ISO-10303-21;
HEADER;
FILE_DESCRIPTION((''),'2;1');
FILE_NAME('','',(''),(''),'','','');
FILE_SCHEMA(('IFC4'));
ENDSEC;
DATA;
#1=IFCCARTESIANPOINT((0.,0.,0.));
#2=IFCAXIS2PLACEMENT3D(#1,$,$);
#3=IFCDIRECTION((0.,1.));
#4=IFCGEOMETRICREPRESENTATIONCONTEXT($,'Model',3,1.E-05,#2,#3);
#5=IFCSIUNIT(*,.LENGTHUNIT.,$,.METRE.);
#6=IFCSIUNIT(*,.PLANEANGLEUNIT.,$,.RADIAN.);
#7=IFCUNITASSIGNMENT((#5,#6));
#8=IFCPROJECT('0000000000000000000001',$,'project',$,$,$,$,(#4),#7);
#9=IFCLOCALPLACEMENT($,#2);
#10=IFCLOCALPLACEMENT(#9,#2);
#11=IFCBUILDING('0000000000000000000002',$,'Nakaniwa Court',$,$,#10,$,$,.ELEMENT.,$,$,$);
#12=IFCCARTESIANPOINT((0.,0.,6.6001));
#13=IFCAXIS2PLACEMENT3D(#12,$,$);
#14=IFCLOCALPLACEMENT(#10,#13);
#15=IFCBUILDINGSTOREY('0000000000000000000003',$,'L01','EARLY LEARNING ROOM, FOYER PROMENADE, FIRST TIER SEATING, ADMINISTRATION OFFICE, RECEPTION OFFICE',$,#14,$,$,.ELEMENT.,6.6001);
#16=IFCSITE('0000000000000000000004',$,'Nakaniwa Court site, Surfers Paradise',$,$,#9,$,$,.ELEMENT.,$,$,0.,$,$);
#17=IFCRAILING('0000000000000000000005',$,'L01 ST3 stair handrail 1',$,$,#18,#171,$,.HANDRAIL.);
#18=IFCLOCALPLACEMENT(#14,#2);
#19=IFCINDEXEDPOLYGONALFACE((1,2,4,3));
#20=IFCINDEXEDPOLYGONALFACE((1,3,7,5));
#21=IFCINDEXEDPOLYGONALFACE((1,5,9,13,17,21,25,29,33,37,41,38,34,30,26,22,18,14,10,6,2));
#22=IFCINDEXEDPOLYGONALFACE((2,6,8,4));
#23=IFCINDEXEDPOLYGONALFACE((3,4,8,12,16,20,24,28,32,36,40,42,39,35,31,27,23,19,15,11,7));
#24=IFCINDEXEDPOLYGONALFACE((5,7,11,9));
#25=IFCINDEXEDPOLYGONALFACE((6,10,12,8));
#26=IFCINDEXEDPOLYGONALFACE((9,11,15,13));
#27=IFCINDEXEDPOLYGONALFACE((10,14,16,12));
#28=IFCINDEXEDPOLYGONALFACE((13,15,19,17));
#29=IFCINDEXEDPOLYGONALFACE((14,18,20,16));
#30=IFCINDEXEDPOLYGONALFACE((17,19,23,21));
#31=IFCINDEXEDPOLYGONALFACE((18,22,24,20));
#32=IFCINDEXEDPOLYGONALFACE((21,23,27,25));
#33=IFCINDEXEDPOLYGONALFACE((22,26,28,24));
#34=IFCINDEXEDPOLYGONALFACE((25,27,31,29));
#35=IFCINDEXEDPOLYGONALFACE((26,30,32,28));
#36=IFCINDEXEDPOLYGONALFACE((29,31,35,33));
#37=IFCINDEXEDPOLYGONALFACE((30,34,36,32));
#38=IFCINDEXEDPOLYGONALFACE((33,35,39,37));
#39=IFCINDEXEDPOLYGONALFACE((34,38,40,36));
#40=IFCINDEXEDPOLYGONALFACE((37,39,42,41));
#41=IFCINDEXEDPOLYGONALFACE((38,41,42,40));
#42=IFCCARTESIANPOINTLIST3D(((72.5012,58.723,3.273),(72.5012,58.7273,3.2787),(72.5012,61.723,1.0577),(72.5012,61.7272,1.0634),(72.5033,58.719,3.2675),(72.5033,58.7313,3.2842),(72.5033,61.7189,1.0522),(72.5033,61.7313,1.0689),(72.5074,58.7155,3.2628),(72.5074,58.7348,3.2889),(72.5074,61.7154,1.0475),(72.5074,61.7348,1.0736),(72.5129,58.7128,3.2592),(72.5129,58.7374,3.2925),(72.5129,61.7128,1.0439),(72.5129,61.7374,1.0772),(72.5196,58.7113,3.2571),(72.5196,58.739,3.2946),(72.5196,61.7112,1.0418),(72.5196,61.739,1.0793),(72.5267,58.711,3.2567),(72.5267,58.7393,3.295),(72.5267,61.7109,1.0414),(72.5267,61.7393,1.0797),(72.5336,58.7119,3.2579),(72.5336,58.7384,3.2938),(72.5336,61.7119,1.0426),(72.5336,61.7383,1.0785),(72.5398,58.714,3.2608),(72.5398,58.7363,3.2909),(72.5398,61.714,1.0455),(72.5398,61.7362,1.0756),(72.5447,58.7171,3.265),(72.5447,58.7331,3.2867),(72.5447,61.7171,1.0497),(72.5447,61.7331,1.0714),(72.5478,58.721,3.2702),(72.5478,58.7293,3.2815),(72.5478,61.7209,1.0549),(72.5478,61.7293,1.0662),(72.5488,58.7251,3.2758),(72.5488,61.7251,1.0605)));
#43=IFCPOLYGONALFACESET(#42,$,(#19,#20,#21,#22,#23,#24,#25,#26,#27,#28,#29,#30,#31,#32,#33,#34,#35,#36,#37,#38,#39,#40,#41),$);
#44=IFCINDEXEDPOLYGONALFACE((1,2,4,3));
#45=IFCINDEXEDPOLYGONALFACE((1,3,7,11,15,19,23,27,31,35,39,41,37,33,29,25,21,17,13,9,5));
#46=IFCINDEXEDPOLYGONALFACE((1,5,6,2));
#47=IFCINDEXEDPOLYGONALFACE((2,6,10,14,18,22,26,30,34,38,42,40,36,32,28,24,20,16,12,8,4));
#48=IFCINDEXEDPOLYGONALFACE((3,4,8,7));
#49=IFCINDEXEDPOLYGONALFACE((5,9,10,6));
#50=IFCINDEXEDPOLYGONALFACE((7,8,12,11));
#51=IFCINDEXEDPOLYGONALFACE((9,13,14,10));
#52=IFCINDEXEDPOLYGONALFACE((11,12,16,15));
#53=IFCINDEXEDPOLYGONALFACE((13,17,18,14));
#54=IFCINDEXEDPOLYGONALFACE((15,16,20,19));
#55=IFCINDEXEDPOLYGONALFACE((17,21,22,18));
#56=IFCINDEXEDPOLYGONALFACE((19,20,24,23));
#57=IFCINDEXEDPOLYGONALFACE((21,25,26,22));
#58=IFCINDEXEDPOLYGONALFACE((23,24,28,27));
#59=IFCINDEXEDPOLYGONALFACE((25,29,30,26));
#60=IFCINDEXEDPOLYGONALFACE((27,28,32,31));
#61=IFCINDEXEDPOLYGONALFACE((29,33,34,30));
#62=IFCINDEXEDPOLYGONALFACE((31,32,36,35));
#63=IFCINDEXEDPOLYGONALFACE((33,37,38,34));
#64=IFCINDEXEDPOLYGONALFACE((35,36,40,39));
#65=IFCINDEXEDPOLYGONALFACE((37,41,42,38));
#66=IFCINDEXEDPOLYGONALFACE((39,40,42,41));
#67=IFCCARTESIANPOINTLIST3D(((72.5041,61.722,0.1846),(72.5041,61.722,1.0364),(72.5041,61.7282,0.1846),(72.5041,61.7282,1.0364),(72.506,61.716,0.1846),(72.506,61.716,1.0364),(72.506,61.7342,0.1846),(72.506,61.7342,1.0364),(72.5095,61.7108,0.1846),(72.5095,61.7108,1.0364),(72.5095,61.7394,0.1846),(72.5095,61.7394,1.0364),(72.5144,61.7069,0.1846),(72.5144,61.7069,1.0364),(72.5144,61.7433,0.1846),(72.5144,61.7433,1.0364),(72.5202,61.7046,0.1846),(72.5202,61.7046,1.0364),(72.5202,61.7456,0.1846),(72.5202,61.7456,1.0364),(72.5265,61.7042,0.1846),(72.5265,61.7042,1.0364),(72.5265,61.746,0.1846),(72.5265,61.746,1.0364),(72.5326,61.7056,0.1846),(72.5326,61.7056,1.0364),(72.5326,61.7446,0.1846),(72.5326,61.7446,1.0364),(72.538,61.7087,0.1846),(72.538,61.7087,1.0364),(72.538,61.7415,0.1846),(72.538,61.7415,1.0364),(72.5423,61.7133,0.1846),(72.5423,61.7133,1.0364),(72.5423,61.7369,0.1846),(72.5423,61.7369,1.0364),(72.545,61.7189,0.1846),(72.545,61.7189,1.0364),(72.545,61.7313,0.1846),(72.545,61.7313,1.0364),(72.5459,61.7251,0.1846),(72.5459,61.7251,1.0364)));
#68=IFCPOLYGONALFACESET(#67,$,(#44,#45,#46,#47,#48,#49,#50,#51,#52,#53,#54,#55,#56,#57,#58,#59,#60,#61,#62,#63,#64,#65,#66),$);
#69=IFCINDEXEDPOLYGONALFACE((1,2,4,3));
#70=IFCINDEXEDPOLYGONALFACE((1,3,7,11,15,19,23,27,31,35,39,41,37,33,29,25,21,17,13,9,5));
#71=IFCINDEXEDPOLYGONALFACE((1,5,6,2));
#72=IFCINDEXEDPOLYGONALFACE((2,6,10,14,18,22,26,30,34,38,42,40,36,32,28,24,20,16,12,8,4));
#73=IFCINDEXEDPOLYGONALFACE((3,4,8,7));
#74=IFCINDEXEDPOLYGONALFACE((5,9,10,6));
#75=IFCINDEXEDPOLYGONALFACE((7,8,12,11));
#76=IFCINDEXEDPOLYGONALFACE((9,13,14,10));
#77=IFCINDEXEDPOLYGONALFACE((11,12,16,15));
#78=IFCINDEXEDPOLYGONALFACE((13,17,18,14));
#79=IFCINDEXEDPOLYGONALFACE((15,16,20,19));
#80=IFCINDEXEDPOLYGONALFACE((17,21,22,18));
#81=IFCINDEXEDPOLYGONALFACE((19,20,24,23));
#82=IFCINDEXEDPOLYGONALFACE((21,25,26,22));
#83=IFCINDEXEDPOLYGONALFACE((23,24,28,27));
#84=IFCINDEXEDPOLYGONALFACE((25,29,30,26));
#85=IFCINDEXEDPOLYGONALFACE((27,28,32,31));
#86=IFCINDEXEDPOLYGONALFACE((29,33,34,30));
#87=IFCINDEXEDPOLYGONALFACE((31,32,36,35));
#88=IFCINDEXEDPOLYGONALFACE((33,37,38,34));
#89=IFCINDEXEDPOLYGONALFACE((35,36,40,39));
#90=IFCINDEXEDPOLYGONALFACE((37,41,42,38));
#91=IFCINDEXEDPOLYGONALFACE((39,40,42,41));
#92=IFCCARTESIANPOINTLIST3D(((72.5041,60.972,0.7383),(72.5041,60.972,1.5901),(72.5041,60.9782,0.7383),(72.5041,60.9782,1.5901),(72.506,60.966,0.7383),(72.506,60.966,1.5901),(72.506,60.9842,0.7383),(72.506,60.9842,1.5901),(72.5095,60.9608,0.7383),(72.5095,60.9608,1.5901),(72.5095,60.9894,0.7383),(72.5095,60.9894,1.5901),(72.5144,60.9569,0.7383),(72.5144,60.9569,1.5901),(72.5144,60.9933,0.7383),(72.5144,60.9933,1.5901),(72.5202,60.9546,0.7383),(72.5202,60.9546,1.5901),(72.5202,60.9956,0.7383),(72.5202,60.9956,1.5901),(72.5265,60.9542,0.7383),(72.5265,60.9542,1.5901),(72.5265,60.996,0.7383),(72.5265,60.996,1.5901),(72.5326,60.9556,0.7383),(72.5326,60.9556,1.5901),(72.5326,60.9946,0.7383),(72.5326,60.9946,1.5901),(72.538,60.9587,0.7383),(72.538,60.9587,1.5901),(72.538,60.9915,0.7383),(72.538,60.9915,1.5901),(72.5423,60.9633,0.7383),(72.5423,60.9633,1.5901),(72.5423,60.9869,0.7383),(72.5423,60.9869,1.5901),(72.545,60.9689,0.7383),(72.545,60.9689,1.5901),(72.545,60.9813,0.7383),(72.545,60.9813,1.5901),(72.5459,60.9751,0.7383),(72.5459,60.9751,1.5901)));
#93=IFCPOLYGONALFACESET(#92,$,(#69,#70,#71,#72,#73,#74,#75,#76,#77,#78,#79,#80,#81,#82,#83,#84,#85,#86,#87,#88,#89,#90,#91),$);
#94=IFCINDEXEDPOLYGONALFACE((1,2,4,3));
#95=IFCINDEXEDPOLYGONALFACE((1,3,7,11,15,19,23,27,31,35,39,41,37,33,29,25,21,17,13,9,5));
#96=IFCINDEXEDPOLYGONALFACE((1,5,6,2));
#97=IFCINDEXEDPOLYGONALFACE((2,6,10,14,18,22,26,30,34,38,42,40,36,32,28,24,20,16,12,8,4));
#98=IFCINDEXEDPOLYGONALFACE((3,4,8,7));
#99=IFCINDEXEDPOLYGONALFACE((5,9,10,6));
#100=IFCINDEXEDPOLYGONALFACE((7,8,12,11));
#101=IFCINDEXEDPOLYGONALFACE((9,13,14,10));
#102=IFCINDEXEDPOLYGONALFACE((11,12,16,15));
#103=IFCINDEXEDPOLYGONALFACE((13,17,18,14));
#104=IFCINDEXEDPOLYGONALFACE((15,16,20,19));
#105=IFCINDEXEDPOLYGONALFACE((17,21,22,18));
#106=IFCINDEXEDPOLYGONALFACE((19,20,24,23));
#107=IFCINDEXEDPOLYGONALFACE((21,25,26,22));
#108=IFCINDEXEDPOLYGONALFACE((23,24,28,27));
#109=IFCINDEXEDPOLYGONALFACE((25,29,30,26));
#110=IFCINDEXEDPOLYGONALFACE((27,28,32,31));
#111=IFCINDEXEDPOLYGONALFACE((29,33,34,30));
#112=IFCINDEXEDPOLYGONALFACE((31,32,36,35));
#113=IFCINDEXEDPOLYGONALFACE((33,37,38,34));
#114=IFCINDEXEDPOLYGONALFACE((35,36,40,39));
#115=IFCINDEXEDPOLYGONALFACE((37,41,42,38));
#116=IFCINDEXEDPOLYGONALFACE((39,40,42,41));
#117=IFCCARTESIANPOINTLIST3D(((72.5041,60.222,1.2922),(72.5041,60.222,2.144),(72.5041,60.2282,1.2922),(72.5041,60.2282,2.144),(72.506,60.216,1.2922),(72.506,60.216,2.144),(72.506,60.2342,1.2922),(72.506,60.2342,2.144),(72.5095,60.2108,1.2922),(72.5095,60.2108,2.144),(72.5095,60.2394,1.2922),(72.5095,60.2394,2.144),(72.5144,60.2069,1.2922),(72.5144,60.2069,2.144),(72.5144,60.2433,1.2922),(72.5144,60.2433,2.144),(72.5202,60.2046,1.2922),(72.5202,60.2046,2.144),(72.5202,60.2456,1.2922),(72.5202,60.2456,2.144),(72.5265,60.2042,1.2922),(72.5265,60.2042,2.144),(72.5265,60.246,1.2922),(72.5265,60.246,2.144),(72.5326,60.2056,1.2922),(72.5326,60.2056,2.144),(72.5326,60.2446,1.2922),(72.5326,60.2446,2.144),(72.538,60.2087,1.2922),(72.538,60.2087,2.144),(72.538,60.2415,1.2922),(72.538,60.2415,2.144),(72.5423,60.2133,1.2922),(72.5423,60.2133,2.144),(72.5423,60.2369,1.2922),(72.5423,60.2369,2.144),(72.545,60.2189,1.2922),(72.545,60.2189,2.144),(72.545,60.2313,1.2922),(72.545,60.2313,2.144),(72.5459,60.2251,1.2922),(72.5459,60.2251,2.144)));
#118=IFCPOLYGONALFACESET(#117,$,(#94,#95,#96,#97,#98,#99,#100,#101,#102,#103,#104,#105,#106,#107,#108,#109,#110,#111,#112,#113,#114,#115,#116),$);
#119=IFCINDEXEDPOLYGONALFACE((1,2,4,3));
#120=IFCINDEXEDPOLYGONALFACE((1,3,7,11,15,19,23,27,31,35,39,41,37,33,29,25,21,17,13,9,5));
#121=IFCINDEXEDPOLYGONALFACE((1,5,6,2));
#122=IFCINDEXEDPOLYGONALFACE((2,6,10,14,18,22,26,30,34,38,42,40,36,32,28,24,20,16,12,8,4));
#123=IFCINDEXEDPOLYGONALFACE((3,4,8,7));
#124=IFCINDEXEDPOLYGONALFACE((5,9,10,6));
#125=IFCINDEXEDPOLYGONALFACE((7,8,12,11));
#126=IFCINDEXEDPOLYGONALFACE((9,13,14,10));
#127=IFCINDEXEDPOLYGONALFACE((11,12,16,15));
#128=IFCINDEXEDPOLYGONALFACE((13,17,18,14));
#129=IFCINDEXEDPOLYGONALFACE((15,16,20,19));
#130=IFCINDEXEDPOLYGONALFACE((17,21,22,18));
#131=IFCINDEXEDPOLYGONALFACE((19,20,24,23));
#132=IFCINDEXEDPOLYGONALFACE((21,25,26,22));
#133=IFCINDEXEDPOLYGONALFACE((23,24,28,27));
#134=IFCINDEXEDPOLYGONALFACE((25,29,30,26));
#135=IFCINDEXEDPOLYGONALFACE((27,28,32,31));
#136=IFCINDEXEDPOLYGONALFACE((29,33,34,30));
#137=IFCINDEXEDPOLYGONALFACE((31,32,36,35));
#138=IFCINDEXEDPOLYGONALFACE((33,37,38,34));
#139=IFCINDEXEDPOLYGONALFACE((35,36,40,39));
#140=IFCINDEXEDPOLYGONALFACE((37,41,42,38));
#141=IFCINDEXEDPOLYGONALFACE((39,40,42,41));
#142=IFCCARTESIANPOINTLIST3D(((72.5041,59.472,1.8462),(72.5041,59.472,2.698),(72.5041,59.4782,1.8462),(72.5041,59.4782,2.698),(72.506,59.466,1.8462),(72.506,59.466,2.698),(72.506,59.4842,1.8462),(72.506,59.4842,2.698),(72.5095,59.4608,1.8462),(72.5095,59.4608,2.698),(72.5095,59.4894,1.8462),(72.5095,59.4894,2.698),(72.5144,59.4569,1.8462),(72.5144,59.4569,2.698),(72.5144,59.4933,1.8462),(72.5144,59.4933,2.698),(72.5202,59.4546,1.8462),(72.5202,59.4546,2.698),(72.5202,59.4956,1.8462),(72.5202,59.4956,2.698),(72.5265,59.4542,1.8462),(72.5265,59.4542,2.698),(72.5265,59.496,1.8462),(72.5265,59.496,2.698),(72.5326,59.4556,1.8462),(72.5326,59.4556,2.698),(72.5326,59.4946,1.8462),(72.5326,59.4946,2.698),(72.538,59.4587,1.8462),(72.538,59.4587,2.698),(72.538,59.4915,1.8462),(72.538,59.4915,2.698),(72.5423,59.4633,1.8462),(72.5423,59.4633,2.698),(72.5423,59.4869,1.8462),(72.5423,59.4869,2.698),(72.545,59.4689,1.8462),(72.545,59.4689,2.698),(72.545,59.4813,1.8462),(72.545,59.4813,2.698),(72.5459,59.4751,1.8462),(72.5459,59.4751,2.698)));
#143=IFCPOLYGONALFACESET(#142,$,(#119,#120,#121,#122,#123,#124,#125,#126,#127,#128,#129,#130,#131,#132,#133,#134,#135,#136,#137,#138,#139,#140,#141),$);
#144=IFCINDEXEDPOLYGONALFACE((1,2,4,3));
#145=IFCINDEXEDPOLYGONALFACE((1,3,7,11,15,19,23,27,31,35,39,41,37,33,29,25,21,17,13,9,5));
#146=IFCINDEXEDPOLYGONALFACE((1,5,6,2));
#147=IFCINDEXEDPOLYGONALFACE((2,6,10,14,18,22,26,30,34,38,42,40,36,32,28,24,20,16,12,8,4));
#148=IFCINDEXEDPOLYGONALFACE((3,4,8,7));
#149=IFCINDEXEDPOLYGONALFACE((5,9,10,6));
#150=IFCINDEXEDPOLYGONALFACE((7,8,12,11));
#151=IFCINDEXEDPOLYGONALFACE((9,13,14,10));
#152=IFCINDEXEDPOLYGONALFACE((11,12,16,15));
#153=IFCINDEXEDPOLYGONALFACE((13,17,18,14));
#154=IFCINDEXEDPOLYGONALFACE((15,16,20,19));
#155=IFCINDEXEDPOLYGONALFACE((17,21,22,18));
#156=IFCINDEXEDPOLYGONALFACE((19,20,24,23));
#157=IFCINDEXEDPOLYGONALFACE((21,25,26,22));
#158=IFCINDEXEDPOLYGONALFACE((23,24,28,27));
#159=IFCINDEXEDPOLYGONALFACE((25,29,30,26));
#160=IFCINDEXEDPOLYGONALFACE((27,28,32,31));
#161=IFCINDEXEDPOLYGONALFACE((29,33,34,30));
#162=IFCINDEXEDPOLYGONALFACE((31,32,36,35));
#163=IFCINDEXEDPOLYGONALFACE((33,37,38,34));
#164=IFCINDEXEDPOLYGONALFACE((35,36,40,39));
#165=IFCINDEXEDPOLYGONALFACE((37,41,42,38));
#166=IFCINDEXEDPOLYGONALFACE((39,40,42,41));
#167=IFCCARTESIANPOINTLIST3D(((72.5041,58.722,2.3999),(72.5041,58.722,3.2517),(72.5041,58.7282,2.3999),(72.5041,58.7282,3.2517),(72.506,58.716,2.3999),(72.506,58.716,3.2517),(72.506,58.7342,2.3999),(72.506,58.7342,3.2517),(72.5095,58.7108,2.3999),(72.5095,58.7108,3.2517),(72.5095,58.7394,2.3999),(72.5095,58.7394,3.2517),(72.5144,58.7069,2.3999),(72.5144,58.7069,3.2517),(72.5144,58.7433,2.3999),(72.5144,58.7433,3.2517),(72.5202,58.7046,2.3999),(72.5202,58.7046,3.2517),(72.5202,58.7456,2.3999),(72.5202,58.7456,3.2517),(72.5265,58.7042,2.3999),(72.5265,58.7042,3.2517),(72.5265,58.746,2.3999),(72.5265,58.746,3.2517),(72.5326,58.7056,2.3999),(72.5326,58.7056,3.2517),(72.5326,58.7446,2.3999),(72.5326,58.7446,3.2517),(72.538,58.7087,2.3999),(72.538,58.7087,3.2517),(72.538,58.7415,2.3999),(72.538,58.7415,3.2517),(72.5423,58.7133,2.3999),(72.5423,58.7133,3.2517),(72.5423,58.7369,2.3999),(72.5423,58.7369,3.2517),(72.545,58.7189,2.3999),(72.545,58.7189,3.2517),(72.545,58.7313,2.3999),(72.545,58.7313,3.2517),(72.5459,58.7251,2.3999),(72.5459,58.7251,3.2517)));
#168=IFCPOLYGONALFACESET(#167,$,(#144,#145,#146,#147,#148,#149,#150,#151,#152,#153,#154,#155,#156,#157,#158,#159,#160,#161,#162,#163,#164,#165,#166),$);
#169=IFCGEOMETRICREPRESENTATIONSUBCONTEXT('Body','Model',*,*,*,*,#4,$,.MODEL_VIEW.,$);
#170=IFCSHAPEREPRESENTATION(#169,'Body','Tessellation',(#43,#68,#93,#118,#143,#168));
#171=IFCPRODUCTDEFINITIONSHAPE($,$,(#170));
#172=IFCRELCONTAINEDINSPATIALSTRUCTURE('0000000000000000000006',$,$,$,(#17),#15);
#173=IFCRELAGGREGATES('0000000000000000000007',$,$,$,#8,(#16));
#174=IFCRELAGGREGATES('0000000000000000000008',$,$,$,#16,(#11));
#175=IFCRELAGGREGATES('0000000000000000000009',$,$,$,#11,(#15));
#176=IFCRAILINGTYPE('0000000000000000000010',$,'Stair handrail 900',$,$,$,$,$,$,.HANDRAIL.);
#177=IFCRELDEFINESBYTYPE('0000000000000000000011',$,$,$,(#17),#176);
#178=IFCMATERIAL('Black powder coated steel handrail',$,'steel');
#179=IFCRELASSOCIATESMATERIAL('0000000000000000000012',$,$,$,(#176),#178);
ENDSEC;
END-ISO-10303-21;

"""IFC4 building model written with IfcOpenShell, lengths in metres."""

from ifc_helpers import new_model, si_unit, direction, frame, origin, origin_2d, place, context, subcontext, project, spatial, circle, extrude, material, type_object, element, save


model = new_model("IFC4")

# Units and contexts
model_context = context("Model", 3, precision=1e-05, world=origin(), true_north=direction((0.0, 1.0)))
body_context = subcontext(model_context, "Body", "Model", "MODEL_VIEW")
ifc_project = project(units=[si_unit("LENGTHUNIT", "METRE"), si_unit("PLANEANGLEUNIT", "RADIAN")], contexts=[model_context])

# Site, building, storey
site_placement = place(None, origin())
site = spatial("IfcSite", under=ifc_project, at=site_placement, Name="Nakaniwa Court site, Surfers Paradise", CompositionType="ELEMENT", RefElevation=0.0)
building_placement = place(site_placement, origin())
building = spatial("IfcBuilding", under=site, at=building_placement, Name="Nakaniwa Court", CompositionType="ELEMENT")
storey_placement = place(building_placement, frame((0.0, 0.0, 6.6001)))
storey = spatial("IfcBuildingStorey", under=building, at=storey_placement, Name="L01", Description="EARLY LEARNING ROOM, FOYER PROMENADE, FIRST TIER SEATING, ADMINISTRATION OFFICE, RECEPTION OFFICE", CompositionType="ELEMENT", Elevation=6.6001)

# Railing
ifc_material_1 = material(Name="Black powder coated steel handrail", Category="steel")
railing_type_1 = type_object("IfcRailingType", Name="Stair handrail 900", PredefinedType="HANDRAIL", material=ifc_material_1)
railing_1_placement = place(storey_placement, frame((72.5249, 61.7251, 0.1846)))
element("IfcRailing", 1, at=railing_1_placement, inside=storey, type_object=railing_type_1, Name="L01 ST3 stair handrail 1", PredefinedType="HANDRAIL", context=body_context, shape_type="SweptSolid", body=[
    extrude(circle(Radius=0.0239, at=origin_2d()), frame((0.0, 0.0, 0.876), z_axis=(0.0, -0.80444, 0.594034), x_axis=(1.0, 0.0, 0.0)), (0.0, 0.0, 1.0), 3.7292),
    extrude(circle(Radius=0.021, at=origin_2d()), origin(), (0.0, 0.0, 1.0), 0.8518),
    extrude(circle(Radius=0.021, at=origin_2d()), frame((0.0, -0.75, 0.5537)), (0.0, 0.0, 1.0), 0.8518),
    extrude(circle(Radius=0.021, at=origin_2d()), frame((0.0, -1.5, 1.1077)), (0.0, 0.0, 1.0), 0.8518),
    extrude(circle(Radius=0.021, at=origin_2d()), frame((0.0, -2.25, 1.6616)), (0.0, 0.0, 1.0), 0.8518),
    extrude(circle(Radius=0.021, at=origin_2d()), frame((0.0, -3.0, 2.2153)), (0.0, 0.0, 1.0), 0.8518),
])

save(model, "model.ifc")
